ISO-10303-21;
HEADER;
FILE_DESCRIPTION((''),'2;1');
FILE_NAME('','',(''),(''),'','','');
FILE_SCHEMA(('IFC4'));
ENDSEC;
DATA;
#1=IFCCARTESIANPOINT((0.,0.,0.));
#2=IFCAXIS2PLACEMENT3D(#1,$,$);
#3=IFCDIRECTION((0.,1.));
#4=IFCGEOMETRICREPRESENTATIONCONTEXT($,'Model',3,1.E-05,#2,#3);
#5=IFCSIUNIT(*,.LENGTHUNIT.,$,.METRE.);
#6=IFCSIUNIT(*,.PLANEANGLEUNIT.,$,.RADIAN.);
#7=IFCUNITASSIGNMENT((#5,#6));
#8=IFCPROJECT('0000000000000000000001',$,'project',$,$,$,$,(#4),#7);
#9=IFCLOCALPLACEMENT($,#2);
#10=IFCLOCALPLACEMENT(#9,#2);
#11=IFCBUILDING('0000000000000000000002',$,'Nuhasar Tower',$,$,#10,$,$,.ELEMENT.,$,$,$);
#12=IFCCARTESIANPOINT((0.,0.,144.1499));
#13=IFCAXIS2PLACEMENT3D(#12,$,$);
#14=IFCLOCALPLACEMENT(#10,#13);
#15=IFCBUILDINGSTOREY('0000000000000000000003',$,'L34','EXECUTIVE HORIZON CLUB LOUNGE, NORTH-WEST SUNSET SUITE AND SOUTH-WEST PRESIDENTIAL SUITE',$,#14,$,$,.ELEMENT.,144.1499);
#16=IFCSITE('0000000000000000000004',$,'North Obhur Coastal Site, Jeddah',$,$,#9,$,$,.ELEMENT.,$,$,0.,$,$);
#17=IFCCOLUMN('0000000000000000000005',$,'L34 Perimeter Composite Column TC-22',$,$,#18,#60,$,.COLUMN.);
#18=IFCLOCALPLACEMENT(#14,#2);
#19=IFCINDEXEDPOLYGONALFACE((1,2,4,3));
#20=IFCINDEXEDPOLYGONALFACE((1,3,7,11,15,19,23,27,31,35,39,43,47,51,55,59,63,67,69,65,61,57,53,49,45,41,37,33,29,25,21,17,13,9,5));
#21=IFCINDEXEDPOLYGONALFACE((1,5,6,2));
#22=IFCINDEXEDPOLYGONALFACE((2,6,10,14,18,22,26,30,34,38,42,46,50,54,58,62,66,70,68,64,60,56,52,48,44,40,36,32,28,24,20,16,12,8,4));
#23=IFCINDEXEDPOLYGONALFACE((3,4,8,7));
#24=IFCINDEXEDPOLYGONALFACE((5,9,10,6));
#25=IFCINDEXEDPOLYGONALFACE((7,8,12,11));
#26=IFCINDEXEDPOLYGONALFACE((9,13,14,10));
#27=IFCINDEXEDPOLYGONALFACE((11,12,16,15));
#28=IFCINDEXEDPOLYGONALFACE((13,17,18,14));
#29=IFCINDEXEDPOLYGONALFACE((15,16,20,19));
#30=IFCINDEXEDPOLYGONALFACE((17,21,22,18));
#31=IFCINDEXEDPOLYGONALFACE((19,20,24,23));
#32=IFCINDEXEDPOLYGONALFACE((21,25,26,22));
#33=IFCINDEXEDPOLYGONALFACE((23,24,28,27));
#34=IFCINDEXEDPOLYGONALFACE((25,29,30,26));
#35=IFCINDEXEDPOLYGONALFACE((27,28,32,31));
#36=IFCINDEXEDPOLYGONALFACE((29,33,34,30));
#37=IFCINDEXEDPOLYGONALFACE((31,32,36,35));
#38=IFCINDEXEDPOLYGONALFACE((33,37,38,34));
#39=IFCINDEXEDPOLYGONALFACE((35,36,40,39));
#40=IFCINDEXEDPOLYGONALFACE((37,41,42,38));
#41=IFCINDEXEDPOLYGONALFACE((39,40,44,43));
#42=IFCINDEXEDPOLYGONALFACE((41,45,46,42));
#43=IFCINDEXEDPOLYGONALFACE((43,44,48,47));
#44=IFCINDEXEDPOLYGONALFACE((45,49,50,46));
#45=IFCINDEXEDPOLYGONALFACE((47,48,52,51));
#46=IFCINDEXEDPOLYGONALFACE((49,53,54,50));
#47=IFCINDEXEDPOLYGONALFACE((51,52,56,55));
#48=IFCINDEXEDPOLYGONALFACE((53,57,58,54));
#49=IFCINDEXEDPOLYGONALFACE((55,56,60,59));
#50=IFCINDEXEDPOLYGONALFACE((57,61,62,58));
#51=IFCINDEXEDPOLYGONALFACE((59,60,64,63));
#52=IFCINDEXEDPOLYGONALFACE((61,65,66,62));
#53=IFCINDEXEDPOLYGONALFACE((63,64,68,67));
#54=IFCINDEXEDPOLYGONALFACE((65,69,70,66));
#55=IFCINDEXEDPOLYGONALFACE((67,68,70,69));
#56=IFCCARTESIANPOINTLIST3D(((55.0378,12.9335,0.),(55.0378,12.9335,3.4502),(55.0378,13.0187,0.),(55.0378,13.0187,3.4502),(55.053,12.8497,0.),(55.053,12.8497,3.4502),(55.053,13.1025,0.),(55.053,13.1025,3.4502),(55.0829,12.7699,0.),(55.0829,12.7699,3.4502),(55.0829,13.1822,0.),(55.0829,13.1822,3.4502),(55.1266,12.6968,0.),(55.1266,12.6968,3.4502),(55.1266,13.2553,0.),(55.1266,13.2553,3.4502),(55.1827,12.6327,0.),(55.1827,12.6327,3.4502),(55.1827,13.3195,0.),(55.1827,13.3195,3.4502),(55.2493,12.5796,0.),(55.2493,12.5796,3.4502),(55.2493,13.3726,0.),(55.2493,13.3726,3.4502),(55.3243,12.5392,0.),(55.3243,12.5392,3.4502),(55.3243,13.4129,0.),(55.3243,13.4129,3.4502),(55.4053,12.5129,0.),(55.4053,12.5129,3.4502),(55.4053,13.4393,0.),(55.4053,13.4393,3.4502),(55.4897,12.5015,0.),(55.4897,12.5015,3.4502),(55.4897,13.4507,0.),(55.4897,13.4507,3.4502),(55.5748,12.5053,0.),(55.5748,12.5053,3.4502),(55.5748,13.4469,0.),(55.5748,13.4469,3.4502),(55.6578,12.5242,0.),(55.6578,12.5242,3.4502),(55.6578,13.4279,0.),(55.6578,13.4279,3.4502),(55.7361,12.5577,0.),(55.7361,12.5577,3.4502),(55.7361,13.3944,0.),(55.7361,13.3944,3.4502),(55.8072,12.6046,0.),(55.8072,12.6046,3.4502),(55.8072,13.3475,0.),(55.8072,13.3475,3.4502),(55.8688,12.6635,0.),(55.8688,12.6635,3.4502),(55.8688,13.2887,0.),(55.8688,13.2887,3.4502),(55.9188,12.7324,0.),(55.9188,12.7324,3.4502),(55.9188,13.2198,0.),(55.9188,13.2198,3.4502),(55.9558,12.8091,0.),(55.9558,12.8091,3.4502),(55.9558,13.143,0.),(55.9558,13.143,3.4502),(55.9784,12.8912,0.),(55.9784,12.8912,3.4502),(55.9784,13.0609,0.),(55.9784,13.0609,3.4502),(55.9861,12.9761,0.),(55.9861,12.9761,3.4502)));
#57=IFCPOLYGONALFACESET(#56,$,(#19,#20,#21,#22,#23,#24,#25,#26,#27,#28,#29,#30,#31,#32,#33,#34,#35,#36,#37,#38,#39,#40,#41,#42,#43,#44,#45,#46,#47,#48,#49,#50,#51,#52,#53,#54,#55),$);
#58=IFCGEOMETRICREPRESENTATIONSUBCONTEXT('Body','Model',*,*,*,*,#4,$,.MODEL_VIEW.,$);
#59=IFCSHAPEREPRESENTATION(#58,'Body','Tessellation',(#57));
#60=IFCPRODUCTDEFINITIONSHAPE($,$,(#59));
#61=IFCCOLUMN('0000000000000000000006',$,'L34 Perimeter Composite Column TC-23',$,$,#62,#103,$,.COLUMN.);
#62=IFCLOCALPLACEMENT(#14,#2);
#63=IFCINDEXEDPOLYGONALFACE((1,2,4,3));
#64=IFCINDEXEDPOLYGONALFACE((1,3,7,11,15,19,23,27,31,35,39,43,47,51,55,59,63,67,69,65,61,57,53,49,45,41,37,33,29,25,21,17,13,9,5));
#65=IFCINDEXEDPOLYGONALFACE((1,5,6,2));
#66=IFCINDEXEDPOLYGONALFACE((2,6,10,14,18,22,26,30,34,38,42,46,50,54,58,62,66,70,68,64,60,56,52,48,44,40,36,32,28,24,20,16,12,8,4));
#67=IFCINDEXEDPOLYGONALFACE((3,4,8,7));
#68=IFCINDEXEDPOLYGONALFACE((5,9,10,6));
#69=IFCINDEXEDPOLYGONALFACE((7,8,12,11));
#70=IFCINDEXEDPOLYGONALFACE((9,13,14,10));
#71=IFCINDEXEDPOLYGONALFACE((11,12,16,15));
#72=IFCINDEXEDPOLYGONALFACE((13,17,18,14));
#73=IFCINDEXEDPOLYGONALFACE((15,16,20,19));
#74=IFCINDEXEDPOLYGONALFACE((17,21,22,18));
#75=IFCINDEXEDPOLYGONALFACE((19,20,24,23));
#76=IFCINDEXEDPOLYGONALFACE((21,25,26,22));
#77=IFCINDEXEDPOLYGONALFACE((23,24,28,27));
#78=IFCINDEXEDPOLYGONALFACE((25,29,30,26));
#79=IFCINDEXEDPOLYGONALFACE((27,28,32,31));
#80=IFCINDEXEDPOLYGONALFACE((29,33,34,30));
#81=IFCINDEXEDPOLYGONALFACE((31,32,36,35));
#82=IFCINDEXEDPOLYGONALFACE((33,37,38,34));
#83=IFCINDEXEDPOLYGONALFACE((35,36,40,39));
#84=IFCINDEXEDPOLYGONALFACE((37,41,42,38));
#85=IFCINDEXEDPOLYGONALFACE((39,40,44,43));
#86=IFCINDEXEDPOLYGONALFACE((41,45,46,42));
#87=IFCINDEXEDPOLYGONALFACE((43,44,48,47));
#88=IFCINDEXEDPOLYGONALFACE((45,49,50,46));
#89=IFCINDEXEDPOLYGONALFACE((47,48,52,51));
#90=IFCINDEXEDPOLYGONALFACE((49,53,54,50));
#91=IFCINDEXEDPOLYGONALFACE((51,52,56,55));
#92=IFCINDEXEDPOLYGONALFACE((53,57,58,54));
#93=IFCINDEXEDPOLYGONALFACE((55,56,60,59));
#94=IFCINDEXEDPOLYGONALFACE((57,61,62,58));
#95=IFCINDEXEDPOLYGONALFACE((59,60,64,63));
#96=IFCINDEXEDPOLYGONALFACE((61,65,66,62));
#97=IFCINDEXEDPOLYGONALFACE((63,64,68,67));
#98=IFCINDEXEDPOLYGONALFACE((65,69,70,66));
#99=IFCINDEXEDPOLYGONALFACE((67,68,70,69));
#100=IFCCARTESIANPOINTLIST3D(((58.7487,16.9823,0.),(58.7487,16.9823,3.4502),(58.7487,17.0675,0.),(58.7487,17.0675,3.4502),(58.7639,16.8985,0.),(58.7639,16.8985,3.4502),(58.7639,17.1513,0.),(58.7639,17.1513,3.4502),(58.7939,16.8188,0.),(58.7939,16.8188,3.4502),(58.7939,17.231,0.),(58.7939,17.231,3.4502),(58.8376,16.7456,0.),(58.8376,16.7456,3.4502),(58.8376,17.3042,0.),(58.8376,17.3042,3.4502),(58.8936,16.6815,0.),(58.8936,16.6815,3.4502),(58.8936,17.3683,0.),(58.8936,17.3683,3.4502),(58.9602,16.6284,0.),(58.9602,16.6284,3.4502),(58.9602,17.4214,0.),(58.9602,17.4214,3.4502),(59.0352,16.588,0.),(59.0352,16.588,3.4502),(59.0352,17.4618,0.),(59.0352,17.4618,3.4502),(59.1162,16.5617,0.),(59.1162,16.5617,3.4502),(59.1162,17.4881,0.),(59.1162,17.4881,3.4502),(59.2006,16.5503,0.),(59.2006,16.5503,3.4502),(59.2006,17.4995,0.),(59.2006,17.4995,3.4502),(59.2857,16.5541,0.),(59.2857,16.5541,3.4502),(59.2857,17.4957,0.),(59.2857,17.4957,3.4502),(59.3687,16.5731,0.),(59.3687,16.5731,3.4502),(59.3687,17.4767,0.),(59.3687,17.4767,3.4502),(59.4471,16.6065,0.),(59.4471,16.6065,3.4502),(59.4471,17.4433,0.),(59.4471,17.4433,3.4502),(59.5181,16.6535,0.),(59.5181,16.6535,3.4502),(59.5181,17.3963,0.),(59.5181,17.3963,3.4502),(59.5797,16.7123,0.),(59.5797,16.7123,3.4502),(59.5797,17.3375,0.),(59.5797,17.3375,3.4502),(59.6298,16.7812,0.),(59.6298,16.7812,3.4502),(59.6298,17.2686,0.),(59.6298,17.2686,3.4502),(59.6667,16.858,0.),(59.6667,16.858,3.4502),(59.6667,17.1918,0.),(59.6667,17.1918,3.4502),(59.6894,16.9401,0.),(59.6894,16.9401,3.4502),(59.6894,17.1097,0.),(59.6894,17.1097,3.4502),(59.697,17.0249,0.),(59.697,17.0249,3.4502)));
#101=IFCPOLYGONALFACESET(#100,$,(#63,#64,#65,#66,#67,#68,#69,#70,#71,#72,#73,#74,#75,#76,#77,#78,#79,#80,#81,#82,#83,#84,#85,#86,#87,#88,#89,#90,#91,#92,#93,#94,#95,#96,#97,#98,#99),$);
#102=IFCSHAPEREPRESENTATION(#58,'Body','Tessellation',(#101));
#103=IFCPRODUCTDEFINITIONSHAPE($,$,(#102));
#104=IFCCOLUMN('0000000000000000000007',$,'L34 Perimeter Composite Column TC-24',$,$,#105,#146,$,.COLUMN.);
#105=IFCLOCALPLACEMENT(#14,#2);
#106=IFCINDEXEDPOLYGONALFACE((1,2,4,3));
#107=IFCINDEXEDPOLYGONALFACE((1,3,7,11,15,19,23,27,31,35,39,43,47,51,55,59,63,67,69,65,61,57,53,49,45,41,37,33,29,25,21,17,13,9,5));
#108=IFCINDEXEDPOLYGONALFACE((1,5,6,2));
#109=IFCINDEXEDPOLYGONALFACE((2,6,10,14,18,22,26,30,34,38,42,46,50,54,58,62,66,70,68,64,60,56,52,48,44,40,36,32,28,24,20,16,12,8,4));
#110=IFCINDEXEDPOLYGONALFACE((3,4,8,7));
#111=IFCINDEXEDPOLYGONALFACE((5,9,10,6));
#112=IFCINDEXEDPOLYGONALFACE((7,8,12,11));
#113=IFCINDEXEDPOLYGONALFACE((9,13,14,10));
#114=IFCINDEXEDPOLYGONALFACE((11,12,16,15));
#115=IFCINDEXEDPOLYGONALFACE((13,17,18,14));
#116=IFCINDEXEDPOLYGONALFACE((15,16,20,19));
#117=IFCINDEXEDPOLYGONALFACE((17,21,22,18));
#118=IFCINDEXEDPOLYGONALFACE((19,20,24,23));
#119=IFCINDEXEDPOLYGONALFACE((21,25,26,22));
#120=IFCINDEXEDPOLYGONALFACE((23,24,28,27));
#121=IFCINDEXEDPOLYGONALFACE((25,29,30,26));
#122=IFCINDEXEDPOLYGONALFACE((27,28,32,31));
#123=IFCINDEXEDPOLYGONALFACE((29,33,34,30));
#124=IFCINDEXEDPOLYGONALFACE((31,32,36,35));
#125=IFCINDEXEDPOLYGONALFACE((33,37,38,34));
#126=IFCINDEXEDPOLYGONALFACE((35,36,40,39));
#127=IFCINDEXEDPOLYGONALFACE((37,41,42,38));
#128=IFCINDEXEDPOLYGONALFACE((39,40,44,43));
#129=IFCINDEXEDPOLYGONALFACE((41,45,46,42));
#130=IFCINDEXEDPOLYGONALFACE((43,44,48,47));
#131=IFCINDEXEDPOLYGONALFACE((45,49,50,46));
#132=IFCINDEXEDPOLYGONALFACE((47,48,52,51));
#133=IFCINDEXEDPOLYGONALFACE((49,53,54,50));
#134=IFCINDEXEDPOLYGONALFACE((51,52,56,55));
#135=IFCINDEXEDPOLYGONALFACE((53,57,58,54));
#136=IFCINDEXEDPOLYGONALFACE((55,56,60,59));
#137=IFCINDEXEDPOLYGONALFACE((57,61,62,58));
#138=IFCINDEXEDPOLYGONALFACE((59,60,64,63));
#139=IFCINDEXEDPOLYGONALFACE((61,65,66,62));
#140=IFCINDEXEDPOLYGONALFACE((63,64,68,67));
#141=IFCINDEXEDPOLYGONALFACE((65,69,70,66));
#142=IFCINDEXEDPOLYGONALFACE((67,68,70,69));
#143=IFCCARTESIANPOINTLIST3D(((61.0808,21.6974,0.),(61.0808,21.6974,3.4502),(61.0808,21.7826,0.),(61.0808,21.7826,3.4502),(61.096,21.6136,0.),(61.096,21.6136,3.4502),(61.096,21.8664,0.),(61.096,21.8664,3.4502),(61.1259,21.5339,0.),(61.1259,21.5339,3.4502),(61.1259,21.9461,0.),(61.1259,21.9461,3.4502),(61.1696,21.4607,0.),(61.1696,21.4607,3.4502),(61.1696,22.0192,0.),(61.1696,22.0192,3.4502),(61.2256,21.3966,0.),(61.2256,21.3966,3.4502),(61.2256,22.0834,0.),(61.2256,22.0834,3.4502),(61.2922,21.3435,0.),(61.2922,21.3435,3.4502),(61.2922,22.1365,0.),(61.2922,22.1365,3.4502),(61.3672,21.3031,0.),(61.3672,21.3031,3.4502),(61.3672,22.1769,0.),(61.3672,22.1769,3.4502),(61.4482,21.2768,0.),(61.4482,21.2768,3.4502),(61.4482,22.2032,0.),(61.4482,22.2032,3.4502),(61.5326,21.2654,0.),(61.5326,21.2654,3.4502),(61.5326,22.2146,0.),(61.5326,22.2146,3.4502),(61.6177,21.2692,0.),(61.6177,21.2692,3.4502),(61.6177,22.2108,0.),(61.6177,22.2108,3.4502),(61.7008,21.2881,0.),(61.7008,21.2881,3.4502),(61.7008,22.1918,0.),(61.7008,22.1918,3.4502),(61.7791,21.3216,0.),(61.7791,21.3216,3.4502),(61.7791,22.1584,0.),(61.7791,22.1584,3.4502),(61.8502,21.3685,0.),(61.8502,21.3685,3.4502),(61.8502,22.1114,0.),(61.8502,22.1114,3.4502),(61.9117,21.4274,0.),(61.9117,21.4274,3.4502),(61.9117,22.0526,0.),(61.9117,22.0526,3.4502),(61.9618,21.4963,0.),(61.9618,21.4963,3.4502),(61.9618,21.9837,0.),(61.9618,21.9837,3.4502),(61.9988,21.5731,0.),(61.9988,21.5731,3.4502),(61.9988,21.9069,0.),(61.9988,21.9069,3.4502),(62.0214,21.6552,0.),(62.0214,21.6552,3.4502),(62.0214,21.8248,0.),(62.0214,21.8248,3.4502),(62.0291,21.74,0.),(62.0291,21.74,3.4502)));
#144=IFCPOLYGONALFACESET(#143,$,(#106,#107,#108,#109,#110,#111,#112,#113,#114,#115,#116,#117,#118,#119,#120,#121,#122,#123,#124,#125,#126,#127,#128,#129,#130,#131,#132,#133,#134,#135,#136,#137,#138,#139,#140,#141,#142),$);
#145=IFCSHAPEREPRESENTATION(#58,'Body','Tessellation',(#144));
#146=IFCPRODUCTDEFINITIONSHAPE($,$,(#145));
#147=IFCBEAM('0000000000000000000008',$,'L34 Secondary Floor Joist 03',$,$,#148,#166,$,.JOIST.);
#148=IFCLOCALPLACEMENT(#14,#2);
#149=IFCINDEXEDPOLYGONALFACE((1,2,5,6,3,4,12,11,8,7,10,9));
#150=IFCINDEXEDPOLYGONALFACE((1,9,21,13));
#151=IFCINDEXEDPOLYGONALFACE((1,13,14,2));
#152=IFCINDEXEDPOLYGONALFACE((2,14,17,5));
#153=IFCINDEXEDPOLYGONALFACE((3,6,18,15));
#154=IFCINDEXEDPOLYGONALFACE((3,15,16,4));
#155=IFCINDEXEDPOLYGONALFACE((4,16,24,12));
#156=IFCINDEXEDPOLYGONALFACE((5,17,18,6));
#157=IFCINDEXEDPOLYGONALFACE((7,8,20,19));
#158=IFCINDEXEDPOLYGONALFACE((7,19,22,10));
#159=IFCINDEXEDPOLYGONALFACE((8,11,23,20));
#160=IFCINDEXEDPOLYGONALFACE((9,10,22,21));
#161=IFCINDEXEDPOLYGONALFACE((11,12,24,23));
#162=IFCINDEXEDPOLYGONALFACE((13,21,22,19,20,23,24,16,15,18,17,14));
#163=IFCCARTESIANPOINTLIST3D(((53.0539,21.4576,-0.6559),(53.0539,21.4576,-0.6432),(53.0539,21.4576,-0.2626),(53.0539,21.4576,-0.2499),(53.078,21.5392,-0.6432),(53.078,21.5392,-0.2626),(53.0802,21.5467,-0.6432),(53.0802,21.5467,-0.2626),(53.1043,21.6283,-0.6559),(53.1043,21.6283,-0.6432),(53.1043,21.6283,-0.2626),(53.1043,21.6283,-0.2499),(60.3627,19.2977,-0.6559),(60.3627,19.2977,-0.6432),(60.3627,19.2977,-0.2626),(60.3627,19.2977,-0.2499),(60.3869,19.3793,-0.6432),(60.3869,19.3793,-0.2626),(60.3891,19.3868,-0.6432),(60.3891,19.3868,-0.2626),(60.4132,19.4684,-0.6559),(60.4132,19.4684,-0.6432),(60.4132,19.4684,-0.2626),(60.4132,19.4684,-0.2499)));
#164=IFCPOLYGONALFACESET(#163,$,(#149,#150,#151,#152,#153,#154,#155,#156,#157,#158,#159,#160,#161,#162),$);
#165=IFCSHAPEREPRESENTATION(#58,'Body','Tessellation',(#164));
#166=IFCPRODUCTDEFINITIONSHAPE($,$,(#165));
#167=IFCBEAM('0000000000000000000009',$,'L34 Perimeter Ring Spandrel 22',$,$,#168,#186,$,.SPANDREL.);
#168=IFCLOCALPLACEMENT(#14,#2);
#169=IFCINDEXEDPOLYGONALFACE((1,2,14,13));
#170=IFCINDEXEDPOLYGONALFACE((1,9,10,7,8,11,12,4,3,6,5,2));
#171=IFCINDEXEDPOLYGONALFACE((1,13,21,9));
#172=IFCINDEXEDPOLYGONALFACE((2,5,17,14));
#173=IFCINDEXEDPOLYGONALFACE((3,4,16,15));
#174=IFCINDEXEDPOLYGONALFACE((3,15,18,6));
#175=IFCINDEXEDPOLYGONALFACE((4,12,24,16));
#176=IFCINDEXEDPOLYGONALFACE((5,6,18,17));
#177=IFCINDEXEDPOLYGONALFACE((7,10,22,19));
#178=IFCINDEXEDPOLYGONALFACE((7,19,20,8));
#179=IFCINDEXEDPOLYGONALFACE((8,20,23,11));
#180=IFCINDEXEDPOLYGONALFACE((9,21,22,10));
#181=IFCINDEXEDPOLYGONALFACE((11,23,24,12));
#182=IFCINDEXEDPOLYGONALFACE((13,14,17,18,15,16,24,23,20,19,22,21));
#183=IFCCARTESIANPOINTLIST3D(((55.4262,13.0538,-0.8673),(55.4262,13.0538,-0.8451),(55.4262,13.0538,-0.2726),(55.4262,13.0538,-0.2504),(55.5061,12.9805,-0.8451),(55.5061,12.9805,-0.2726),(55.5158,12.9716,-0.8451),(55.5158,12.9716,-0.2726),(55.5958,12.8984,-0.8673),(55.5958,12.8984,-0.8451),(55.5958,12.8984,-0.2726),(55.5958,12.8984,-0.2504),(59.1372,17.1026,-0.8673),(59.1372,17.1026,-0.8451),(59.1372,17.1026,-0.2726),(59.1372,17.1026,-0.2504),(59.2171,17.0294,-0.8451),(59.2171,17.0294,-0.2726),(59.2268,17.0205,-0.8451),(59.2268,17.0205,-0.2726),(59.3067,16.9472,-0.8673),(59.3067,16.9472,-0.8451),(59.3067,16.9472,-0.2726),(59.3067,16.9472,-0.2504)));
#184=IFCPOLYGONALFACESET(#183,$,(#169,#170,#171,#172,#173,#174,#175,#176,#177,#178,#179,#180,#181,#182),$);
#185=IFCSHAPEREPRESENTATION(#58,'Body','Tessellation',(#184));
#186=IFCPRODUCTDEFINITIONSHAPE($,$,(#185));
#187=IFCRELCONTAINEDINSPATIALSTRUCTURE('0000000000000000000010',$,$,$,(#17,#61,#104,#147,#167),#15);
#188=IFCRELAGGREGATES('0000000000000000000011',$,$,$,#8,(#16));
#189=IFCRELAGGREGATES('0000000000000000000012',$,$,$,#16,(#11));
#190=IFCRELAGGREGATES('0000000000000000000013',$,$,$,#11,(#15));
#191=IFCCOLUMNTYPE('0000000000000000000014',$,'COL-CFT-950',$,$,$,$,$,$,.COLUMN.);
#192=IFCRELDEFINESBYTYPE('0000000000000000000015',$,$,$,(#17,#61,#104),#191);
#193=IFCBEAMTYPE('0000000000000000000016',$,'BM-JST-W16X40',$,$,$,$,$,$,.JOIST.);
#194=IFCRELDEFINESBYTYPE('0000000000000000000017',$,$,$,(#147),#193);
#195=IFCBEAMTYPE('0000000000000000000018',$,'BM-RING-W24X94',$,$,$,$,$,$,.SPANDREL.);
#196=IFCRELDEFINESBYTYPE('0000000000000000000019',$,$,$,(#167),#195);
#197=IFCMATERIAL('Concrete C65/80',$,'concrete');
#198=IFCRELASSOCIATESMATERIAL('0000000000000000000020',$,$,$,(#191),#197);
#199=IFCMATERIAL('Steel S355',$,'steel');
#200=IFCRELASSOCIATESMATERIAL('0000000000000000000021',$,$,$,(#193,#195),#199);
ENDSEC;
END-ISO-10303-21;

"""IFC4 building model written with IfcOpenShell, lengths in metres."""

from ifc_helpers import new_model, si_unit, direction, frame, origin, origin_2d, place, context, subcontext, project, spatial, circle, i_section, extrude, material, material_profile, profile_set, type_object, element, save


model = new_model("IFC4")

# Units and contexts
model_context = context("Model", 3, precision=1e-05, world=origin(), true_north=direction((0.0, 1.0)))
body_context = subcontext(model_context, "Body", "Model", "MODEL_VIEW")
ifc_project = project(units=[si_unit("LENGTHUNIT", "METRE"), si_unit("PLANEANGLEUNIT", "RADIAN")], contexts=[model_context])

# Site, building, storey
site_placement = place(None, origin())
site = spatial("IfcSite", under=ifc_project, at=site_placement, Name="North Obhur Coastal Site, Jeddah", CompositionType="ELEMENT", RefElevation=0.0)
building_placement = place(site_placement, origin())
building = spatial("IfcBuilding", under=site, at=building_placement, Name="Nuhasar Tower", CompositionType="ELEMENT")
storey_placement = place(building_placement, frame((0.0, 0.0, 144.1499)))
storey = spatial("IfcBuildingStorey", under=building, at=storey_placement, Name="L34", Description="EXECUTIVE HORIZON CLUB LOUNGE, NORTH-WEST SUNSET SUITE AND SOUTH-WEST PRESIDENTIAL SUITE", CompositionType="ELEMENT", Elevation=144.1499)

# Columns
ifc_material_1 = material(Name="Concrete C65/80", Category="concrete")
ifc_material_profile_1 = material_profile(ifc_material_1, circle(Radius=0.4751, at=origin_2d()), Name="CFT950")
ifc_profile_set_1 = profile_set([ifc_material_profile_1], Name="Concrete C65/80")
column_type = type_object("IfcColumnType", Name="COL-CFT-950", PredefinedType="COLUMN", material=ifc_profile_set_1)
for number, where, z_axis, x_axis, name in (
    (1, (55.511, 12.9761, 0.0), (0.0, 0.0, 1.0), (1.0, 0.0, 0.0), "L34 Perimeter Composite Column TC-22"),
    (2, (59.2219, 17.0249, 0.0), (0.0, 0.0, 1.0), (1.0, 0.0, 0.0), "L34 Perimeter Composite Column TC-23"),
    (3, (61.554, 21.74, 0.0), (0.0, 0.0, 1.0), (1.0, 0.0, 0.0), "L34 Perimeter Composite Column TC-24"),
):
    element("IfcColumn", number, at=place(storey_placement, frame(where, z_axis=z_axis, x_axis=x_axis)), inside=storey, type_object=column_type, Name=name, PredefinedType="COLUMN", context=body_context, shape_type="SweptSolid", body=[
        extrude(circle(Radius=0.4751, at=origin_2d()), origin(), (0.0, 0.0, 1.0), 3.4502),
    ])

# Beams
ifc_material_2 = material(Name="Steel S355", Category="steel")
ifc_material_profile_2 = material_profile(ifc_material_2, i_section(OverallWidth=0.178, OverallDepth=0.406, WebThickness=0.0078, FlangeThickness=0.0127, at=origin_2d()), Name="W16X40")
ifc_profile_set_2 = profile_set([ifc_material_profile_2], Name="Steel S355")
beam_type_1 = type_object("IfcBeamType", Name="BM-JST-W16X40", PredefinedType="JOIST", material=ifc_profile_set_2)
beam_1_placement = place(storey_placement, frame((53.0791, 21.543, -0.4529), z_axis=(0.959, -0.283404, 0.0), x_axis=(0.283404, 0.959, 0.0)))
element("IfcBeam", 4, at=beam_1_placement, inside=storey, type_object=beam_type_1, Name="L34 Secondary Floor Joist 03", PredefinedType="JOIST", context=body_context, shape_type="SweptSolid", body=[
    extrude(i_section(OverallWidth=0.178, OverallDepth=0.406, WebThickness=0.0078, FlangeThickness=0.0127, at=origin_2d()), origin(), (0.0, 0.0, 1.0), 7.6213),
])
ifc_material_profile_3 = material_profile(ifc_material_2, i_section(OverallWidth=0.23, OverallDepth=0.6169, WebThickness=0.0132, FlangeThickness=0.0222, at=origin_2d()), Name="W24X94")
ifc_profile_set_3 = profile_set([ifc_material_profile_3], Name="Steel S355")
beam_type_2 = type_object("IfcBeamType", Name="BM-RING-W24X94", PredefinedType="SPANDREL", material=ifc_profile_set_3)
beam_2_placement = place(storey_placement, frame((55.511, 12.9761, -0.5588), z_axis=(0.675676, 0.737198, 0.0), x_axis=(-0.737198, 0.675676, 0.0)))
element("IfcBeam", 5, at=beam_2_placement, inside=storey, type_object=beam_type_2, Name="L34 Perimeter Ring Spandrel 22", PredefinedType="SPANDREL", context=body_context, shape_type="SweptSolid", body=[
    extrude(i_section(OverallWidth=0.23, OverallDepth=0.6169, WebThickness=0.0132, FlangeThickness=0.0222, at=origin_2d()), origin(), (0.0, 0.0, 1.0), 5.4922),
])

save(model, "model.ifc")
